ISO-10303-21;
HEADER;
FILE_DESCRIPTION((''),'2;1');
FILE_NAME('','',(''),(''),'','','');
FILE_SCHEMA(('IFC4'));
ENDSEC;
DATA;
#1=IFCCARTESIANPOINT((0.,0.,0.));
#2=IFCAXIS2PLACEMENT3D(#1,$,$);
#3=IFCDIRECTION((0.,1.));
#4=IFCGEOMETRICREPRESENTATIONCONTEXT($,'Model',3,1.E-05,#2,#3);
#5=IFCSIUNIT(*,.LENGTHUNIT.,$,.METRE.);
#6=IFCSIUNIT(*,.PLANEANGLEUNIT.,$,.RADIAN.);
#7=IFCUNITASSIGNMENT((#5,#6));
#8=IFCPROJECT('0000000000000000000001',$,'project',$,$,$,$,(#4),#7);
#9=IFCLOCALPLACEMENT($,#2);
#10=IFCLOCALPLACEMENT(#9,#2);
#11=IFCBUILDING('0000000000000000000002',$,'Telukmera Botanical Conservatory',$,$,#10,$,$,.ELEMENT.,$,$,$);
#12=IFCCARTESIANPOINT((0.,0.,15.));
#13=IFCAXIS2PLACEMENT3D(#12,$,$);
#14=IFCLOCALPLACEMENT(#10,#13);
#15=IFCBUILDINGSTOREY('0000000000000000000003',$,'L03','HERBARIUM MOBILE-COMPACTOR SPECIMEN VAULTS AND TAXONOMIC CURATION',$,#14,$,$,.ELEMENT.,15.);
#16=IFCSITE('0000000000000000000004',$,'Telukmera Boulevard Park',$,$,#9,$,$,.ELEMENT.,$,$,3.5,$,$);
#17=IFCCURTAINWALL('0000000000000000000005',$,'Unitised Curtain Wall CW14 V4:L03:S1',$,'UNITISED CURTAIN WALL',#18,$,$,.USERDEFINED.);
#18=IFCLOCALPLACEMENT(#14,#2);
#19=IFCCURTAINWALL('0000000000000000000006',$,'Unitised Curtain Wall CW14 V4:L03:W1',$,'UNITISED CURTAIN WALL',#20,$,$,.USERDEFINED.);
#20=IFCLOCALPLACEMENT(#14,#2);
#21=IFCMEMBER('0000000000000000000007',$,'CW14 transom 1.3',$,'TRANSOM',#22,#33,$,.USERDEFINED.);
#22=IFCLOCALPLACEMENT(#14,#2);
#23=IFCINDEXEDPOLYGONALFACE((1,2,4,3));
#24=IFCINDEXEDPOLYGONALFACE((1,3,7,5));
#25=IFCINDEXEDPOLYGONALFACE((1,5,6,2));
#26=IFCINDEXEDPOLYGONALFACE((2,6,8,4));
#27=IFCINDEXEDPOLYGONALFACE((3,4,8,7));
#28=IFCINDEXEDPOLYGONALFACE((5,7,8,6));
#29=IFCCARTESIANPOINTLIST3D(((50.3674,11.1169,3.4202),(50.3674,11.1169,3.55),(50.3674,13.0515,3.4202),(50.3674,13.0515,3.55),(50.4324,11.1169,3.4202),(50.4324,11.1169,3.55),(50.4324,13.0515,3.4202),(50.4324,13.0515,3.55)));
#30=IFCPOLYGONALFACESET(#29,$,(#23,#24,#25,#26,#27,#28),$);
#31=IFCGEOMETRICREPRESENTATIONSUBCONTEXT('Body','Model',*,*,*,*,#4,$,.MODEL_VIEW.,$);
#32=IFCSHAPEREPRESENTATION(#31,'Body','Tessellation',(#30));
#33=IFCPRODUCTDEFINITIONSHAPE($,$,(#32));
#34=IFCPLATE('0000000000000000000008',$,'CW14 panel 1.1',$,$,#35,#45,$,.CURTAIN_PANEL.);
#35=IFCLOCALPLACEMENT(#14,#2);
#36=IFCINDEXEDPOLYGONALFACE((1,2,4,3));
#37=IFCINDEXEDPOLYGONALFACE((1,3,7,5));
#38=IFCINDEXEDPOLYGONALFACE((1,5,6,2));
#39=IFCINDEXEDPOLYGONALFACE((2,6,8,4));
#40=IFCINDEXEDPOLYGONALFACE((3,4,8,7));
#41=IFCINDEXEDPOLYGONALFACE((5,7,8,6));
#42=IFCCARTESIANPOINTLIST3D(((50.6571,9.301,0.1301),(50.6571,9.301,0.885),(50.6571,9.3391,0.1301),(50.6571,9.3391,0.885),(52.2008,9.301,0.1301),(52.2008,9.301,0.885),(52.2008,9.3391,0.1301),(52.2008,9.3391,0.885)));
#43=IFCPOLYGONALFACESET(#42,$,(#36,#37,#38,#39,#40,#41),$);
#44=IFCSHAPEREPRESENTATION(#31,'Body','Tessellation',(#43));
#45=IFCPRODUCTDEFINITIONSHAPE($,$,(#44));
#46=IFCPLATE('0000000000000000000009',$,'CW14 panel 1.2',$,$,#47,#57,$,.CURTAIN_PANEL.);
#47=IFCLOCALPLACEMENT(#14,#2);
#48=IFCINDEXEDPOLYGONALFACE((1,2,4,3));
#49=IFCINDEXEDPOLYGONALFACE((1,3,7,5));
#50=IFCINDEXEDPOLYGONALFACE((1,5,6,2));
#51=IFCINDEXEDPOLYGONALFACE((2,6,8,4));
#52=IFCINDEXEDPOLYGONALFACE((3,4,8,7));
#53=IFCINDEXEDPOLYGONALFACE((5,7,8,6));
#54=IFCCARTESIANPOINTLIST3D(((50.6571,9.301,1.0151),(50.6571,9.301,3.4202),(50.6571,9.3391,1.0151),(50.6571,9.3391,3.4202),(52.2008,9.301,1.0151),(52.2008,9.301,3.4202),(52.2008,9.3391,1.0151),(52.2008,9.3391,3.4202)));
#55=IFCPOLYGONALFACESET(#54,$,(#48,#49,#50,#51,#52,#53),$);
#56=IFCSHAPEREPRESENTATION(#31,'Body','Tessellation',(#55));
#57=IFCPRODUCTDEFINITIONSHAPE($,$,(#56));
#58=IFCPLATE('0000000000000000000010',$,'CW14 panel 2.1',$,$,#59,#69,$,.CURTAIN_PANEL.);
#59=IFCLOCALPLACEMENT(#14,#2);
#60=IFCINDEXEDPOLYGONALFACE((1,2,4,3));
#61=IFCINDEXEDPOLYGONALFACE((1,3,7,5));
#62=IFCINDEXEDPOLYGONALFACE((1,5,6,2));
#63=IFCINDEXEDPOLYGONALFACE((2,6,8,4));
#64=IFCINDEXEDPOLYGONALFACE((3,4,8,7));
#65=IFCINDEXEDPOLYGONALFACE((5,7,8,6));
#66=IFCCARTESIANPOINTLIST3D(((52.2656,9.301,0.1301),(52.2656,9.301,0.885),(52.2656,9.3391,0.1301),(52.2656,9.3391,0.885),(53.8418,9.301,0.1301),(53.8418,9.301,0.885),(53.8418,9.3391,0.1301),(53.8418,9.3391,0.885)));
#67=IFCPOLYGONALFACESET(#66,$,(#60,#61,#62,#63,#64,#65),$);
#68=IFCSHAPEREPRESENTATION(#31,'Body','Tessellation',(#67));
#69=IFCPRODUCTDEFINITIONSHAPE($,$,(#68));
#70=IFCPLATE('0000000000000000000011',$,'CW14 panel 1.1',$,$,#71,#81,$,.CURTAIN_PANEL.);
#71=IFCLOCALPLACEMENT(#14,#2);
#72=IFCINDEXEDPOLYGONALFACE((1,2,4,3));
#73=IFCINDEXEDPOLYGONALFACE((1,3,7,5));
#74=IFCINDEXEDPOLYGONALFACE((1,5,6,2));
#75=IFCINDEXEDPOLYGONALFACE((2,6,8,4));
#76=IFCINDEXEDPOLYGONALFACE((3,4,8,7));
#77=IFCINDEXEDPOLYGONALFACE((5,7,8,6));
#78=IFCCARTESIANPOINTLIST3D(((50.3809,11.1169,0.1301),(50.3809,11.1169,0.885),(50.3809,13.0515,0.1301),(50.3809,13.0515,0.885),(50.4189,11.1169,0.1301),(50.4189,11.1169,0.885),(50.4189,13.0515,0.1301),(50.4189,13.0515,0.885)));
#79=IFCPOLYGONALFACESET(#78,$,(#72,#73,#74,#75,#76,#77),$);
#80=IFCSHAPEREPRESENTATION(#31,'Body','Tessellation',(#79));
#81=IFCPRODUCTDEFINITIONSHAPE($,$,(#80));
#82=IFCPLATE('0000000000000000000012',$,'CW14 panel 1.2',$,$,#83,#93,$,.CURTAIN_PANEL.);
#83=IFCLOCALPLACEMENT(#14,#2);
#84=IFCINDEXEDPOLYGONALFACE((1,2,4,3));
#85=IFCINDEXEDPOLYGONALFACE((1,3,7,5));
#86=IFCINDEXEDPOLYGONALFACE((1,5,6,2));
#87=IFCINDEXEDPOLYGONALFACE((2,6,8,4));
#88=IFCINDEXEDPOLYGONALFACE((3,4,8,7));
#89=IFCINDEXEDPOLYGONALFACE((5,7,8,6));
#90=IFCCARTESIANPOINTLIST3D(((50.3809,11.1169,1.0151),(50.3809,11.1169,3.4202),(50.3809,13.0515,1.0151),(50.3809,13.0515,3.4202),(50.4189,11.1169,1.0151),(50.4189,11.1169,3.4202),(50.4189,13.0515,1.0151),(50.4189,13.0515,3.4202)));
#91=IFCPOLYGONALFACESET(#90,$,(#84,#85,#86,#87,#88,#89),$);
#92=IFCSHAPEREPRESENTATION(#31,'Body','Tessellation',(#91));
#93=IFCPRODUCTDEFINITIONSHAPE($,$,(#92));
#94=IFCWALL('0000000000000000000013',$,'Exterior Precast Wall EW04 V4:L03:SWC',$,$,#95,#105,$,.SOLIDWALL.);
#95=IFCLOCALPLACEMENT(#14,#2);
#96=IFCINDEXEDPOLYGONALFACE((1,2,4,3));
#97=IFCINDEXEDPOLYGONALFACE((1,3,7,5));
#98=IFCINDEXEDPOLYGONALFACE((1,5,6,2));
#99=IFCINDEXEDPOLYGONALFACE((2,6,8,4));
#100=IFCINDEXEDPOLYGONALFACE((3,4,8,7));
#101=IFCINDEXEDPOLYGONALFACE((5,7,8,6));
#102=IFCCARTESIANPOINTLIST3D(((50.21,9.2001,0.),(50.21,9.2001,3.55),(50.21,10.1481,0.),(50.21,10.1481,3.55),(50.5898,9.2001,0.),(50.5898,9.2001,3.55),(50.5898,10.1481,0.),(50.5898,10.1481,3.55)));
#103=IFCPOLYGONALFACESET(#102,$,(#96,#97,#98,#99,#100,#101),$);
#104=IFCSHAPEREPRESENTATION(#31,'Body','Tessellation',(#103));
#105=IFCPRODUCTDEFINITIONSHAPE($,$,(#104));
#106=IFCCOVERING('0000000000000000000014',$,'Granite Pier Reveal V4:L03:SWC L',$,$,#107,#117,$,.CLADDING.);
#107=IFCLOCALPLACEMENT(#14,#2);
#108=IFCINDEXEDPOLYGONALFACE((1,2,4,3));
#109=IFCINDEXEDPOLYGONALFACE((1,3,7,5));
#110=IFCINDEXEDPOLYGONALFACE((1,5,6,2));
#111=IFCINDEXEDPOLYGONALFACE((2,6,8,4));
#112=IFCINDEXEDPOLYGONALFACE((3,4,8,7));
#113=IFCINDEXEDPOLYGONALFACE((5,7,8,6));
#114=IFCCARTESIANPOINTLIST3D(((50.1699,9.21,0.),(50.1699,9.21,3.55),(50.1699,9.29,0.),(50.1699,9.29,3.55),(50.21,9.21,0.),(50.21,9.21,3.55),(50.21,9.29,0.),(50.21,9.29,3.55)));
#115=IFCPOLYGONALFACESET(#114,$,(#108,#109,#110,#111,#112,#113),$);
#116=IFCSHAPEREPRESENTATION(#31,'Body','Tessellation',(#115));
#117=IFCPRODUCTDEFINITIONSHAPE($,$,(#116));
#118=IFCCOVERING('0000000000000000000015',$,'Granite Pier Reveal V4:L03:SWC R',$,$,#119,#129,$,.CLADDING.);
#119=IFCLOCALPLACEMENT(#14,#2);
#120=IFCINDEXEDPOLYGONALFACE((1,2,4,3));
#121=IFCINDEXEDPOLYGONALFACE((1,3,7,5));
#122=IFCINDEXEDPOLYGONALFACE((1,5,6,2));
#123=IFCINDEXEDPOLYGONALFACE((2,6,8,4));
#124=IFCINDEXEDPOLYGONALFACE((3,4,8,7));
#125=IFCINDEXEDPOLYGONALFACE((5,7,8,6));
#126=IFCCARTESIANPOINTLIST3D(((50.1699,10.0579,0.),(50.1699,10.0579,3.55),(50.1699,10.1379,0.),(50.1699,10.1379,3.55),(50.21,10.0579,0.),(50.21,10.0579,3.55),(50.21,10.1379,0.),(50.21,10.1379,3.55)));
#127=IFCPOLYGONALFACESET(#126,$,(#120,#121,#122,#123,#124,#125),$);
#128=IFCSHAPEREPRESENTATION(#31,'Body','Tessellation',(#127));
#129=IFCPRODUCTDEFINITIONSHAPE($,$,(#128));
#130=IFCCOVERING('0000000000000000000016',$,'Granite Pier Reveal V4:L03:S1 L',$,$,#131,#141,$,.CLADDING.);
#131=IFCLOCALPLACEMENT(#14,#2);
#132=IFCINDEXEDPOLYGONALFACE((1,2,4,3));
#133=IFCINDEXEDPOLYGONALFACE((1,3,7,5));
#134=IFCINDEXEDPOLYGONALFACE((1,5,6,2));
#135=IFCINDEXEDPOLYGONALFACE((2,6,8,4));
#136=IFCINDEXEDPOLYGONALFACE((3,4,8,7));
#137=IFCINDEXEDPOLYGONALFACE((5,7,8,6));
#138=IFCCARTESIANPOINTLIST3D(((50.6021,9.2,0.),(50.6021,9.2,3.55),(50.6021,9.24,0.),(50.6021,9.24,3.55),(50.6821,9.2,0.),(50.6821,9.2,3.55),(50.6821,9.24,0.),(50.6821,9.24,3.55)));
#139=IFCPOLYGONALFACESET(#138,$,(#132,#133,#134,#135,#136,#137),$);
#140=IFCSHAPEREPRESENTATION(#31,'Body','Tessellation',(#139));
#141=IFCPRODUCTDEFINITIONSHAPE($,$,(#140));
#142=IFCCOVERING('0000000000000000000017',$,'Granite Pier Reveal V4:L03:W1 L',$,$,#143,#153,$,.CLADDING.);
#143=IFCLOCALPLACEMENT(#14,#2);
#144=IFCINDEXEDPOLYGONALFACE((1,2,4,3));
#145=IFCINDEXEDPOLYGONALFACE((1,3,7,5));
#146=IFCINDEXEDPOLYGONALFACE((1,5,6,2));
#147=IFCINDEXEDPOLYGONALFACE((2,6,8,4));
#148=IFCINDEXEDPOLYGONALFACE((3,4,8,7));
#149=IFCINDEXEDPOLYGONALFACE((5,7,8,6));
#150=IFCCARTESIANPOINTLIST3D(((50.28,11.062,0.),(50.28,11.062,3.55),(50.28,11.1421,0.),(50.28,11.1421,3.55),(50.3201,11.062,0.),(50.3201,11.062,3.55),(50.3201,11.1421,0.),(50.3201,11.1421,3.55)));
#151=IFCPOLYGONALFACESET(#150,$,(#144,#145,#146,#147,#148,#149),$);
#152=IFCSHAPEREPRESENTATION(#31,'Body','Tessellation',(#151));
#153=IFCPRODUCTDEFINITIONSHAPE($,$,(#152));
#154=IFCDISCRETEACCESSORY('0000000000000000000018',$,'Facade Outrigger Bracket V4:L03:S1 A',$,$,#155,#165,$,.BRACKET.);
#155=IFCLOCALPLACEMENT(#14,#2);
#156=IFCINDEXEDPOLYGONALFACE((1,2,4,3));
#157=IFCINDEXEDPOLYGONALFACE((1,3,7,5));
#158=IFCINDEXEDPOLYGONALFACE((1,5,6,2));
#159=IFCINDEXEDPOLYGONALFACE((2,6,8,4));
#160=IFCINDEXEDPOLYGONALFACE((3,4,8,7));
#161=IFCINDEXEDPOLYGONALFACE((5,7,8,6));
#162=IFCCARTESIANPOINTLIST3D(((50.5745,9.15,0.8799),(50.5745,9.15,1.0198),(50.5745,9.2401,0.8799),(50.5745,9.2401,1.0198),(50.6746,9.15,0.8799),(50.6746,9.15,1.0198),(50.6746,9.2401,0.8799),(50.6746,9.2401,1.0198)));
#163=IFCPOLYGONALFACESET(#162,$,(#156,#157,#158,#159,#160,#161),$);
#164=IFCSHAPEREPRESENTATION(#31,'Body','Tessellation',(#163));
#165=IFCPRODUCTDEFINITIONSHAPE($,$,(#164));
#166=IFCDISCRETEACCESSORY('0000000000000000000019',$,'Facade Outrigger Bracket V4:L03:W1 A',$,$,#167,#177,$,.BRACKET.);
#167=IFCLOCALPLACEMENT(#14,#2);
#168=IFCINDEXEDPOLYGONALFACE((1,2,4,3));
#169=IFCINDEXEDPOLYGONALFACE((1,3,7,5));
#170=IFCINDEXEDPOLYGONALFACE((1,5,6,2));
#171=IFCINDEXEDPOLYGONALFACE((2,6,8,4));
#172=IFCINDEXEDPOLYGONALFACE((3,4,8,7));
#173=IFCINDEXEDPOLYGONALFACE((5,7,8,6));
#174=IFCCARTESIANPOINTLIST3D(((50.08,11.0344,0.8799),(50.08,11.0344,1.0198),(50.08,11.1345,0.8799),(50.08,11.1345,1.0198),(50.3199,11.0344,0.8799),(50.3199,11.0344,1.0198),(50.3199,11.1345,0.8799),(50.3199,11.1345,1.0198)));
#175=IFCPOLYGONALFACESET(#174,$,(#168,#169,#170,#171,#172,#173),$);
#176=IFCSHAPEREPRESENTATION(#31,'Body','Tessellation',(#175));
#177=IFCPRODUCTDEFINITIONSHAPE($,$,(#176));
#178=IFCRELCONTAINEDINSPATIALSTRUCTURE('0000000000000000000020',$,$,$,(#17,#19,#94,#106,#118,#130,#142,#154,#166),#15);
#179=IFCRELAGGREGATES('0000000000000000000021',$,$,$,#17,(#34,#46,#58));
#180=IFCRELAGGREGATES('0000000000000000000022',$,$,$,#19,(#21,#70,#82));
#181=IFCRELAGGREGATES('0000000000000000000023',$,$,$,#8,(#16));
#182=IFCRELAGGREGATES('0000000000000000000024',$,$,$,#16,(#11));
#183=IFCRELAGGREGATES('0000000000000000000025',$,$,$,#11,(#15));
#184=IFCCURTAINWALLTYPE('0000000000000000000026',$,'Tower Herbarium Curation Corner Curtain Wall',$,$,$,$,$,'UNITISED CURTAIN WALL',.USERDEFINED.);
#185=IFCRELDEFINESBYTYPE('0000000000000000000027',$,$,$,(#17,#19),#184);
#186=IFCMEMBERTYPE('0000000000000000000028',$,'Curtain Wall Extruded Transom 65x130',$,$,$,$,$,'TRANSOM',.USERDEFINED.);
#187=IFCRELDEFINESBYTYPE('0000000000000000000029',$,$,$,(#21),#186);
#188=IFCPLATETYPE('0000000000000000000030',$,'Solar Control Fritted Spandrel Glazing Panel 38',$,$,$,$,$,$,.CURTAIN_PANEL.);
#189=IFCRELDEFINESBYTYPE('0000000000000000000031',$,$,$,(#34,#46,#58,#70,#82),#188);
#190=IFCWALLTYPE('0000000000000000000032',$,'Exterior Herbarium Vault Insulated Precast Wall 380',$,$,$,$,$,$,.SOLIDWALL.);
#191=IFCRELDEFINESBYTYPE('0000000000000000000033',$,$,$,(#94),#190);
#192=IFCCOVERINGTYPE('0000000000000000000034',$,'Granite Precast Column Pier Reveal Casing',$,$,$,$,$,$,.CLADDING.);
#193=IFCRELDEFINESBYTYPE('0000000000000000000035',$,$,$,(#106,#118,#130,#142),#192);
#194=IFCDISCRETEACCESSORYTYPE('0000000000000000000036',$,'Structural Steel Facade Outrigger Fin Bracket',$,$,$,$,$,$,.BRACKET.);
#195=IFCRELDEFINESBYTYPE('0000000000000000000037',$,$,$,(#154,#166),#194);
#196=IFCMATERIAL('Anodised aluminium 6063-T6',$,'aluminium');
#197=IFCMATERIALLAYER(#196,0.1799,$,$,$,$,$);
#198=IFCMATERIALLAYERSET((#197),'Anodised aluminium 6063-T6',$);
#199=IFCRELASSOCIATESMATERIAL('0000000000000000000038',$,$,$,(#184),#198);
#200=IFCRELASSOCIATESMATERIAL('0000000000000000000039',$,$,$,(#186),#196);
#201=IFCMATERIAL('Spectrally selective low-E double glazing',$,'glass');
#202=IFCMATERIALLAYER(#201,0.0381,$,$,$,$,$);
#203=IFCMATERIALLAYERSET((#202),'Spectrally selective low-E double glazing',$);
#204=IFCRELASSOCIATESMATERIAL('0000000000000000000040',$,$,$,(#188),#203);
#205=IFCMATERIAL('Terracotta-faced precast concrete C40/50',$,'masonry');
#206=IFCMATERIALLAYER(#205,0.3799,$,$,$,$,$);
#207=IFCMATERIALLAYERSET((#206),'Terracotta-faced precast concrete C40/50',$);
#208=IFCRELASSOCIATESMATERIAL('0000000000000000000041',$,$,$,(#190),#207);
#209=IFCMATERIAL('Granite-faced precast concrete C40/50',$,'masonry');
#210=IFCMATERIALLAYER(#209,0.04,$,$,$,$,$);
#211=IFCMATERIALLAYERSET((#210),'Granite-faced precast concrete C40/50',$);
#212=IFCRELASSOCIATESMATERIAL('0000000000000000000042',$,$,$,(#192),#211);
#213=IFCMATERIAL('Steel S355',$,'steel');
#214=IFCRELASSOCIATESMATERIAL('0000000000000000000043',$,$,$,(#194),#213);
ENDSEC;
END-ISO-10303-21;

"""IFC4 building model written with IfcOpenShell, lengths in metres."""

from ifc_helpers import new_model, si_unit, direction, frame, frame_2d, origin, origin_2d, place, context, subcontext, project, spatial, rectangle, extrude, material, layer, layer_set, material_profile, profile_set, type_object, element, aggregate, save


model = new_model("IFC4")

# Units and contexts
model_context = context("Model", 3, precision=1e-05, world=origin(), true_north=direction((0.0, 1.0)))
body_context = subcontext(model_context, "Body", "Model", "MODEL_VIEW")
ifc_project = project(units=[si_unit("LENGTHUNIT", "METRE"), si_unit("PLANEANGLEUNIT", "RADIAN")], contexts=[model_context])

# Site, building, storey
site_placement = place(None, origin())
site = spatial("IfcSite", under=ifc_project, at=site_placement, Name="Telukmera Boulevard Park", CompositionType="ELEMENT", RefElevation=3.5)
building_placement = place(site_placement, origin())
building = spatial("IfcBuilding", under=site, at=building_placement, Name="Telukmera Botanical Conservatory", CompositionType="ELEMENT")
storey_placement = place(building_placement, frame((0.0, 0.0, 15.0)))
storey = spatial("IfcBuildingStorey", under=building, at=storey_placement, Name="L03", Description="HERBARIUM MOBILE-COMPACTOR SPECIMEN VAULTS AND TAXONOMIC CURATION", CompositionType="ELEMENT", Elevation=15.0)

# Curtain wall
ifc_material_1 = material(Name="Anodised aluminium 6063-T6", Category="aluminium")
ifc_layer_1 = layer(ifc_material_1, 0.1799)
ifc_layer_set_1 = layer_set([ifc_layer_1], Name="Anodised aluminium 6063-T6")
curtain_wall_type = type_object("IfcCurtainWallType", Name="Tower Herbarium Curation Corner Curtain Wall", ElementType="UNITISED CURTAIN WALL", PredefinedType="USERDEFINED", material=ifc_layer_set_1)
curtain_wall_1_placement = place(storey_placement, origin())
curtain_wall_1 = element("IfcCurtainWall", 1, at=curtain_wall_1_placement, inside=storey, type_object=curtain_wall_type, Name="Unitised Curtain Wall CW14 V4:L03:S1", ObjectType="UNITISED CURTAIN WALL", PredefinedType="USERDEFINED")

# Curtain wall
curtain_wall_2_placement = place(storey_placement, origin())
curtain_wall_2 = element("IfcCurtainWall", 2, at=curtain_wall_2_placement, inside=storey, type_object=curtain_wall_type, Name="Unitised Curtain Wall CW14 V4:L03:W1", ObjectType="UNITISED CURTAIN WALL", PredefinedType="USERDEFINED")

# Member
ifc_material_profile_1 = material_profile(ifc_material_1, rectangle(XDim=0.0649, YDim=0.1299, at=origin_2d()), Name="ALU TRAN 65x130")
ifc_profile_set_1 = profile_set([ifc_material_profile_1], Name="Anodised aluminium 6063-T6")
member_type_1 = type_object("IfcMemberType", Name="Curtain Wall Extruded Transom 65x130", ElementType="TRANSOM", PredefinedType="USERDEFINED", material=ifc_profile_set_1)
member_1_placement = place(storey_placement, frame((50.3999, 11.1169, 3.4851), z_axis=(0.0, 1.0, 0.0), x_axis=(-1.0, 0.0, 0.0)))
member_1 = element("IfcMember", 3, at=member_1_placement, type_object=member_type_1, Name="CW14 transom 1.3", ObjectType="TRANSOM", PredefinedType="USERDEFINED", context=body_context, shape_type="SweptSolid", body=[
    extrude(rectangle(XDim=0.0649, YDim=0.1299, at=origin_2d()), origin(), (0.0, 0.0, 1.0), 1.9346),
])

# Plates
ifc_material_2 = material(Name="Spectrally selective low-E double glazing", Category="glass")
ifc_layer_2 = layer(ifc_material_2, 0.0381)
ifc_layer_set_2 = layer_set([ifc_layer_2], Name="Spectrally selective low-E double glazing")
plate_type = type_object("IfcPlateType", Name="Solar Control Fritted Spandrel Glazing Panel 38", PredefinedType="CURTAIN_PANEL", material=ifc_layer_set_2)
plate_1_placement = place(storey_placement, frame((51.429, 9.3201, 0.1301), z_axis=(0.0, 0.0, 1.0), x_axis=(1.0, 0.0, 0.0)))
plate_1 = element("IfcPlate", 4, at=plate_1_placement, type_object=plate_type, Name="CW14 panel 1.1", PredefinedType="CURTAIN_PANEL", context=body_context, shape_type="SweptSolid", body=[
    extrude(rectangle(XDim=1.5437, YDim=0.0381, at=origin_2d()), origin(), (0.0, 0.0, 1.0), 0.7549),
])
plate_2_placement = place(storey_placement, frame((51.429, 9.3201, 1.0151), z_axis=(0.0, 0.0, 1.0), x_axis=(1.0, 0.0, 0.0)))
plate_2 = element("IfcPlate", 5, at=plate_2_placement, type_object=plate_type, Name="CW14 panel 1.2", PredefinedType="CURTAIN_PANEL", context=body_context, shape_type="SweptSolid", body=[
    extrude(rectangle(XDim=1.5437, YDim=0.0381, at=origin_2d()), origin(), (0.0, 0.0, 1.0), 2.405),
])
plate_3_placement = place(storey_placement, frame((53.0537, 9.3201, 0.1301), z_axis=(0.0, 0.0, 1.0), x_axis=(1.0, 0.0, 0.0)))
plate_3 = element("IfcPlate", 6, at=plate_3_placement, type_object=plate_type, Name="CW14 panel 2.1", PredefinedType="CURTAIN_PANEL", context=body_context, shape_type="SweptSolid", body=[
    extrude(rectangle(XDim=1.5762, YDim=0.0381, at=origin_2d()), origin(), (0.0, 0.0, 1.0), 0.7549),
])
aggregate(curtain_wall_1, [plate_1, plate_2, plate_3])
plate_4_placement = place(storey_placement, frame((50.3999, 12.0842, 0.1301), z_axis=(0.0, 0.0, 1.0), x_axis=(0.0, 1.0, 0.0)))
plate_4 = element("IfcPlate", 7, at=plate_4_placement, type_object=plate_type, Name="CW14 panel 1.1", PredefinedType="CURTAIN_PANEL", context=body_context, shape_type="SweptSolid", body=[
    extrude(rectangle(XDim=1.9346, YDim=0.0381, at=origin_2d()), origin(), (0.0, 0.0, 1.0), 0.7549),
])
plate_5_placement = place(storey_placement, frame((50.3999, 12.0842, 1.0151), z_axis=(0.0, 0.0, 1.0), x_axis=(0.0, 1.0, 0.0)))
plate_5 = element("IfcPlate", 8, at=plate_5_placement, type_object=plate_type, Name="CW14 panel 1.2", PredefinedType="CURTAIN_PANEL", context=body_context, shape_type="SweptSolid", body=[
    extrude(rectangle(XDim=1.9346, YDim=0.0381, at=origin_2d()), origin(), (0.0, 0.0, 1.0), 2.405),
])
aggregate(curtain_wall_2, [member_1, plate_4, plate_5])

# Wall
ifc_material_3 = material(Name="Terracotta-faced precast concrete C40/50", Category="masonry")
ifc_layer_3 = layer(ifc_material_3, 0.3799)
ifc_layer_set_3 = layer_set([ifc_layer_3], Name="Terracotta-faced precast concrete C40/50")
wall_type = type_object("IfcWallType", Name="Exterior Herbarium Vault Insulated Precast Wall 380", PredefinedType="SOLIDWALL", material=ifc_layer_set_3)
wall_placement = place(storey_placement, frame((50.3999, 9.2, 0.0), z_axis=(0.0, 0.0, 1.0), x_axis=(0.0, 1.0, 0.0)))
element("IfcWall", 9, at=wall_placement, inside=storey, type_object=wall_type, Name="Exterior Precast Wall EW04 V4:L03:SWC", PredefinedType="SOLIDWALL", context=body_context, shape_type="SweptSolid", body=[
    extrude(rectangle(XDim=0.948, YDim=0.3799, at=frame_2d((0.4741, 0.0))), origin(), (0.0, 0.0, 1.0), 3.55),
])

# Coverings
ifc_material_4 = material(Name="Granite-faced precast concrete C40/50", Category="masonry")
ifc_layer_4 = layer(ifc_material_4, 0.04)
ifc_layer_set_4 = layer_set([ifc_layer_4], Name="Granite-faced precast concrete C40/50")
covering_type = type_object("IfcCoveringType", Name="Granite Precast Column Pier Reveal Casing", PredefinedType="CLADDING", material=ifc_layer_set_4)
for number, where, z_axis, x_axis, name in (
    (10, (50.1899, 9.25, 0.0), (0.0, 0.0, 1.0), (0.0, 1.0, 0.0), "Granite Pier Reveal V4:L03:SWC L"),
    (11, (50.1899, 10.0979, 0.0), (0.0, 0.0, 1.0), (0.0, 1.0, 0.0), "Granite Pier Reveal V4:L03:SWC R"),
    (12, (50.6421, 9.22, 0.0), (0.0, 0.0, 1.0), (1.0, 0.0, 0.0), "Granite Pier Reveal V4:L03:S1 L"),
    (13, (50.3, 11.1021, 0.0), (0.0, 0.0, 1.0), (0.0, 1.0, 0.0), "Granite Pier Reveal V4:L03:W1 L"),
):
    element("IfcCovering", number, at=place(storey_placement, frame(where, z_axis=z_axis, x_axis=x_axis)), inside=storey, type_object=covering_type, Name=name, PredefinedType="CLADDING", context=body_context, shape_type="SweptSolid", body=[
        extrude(rectangle(XDim=0.0801, YDim=0.04, at=origin_2d()), origin(), (0.0, 0.0, 1.0), 3.55),
    ])

# Discrete accessories
ifc_material_5 = material(Name="Steel S355", Category="steel")
discrete_accessory_type = type_object("IfcDiscreteAccessoryType", Name="Structural Steel Facade Outrigger Fin Bracket", PredefinedType="BRACKET", material=ifc_material_5)
discrete_accessory_1_placement = place(storey_placement, frame((50.6245, 9.1951, 0.8799), z_axis=(0.0, 0.0, 1.0), x_axis=(1.0, 0.0, 0.0)))
element("IfcDiscreteAccessory", 14, at=discrete_accessory_1_placement, inside=storey, type_object=discrete_accessory_type, Name="Facade Outrigger Bracket V4:L03:S1 A", PredefinedType="BRACKET", context=body_context, shape_type="SweptSolid", body=[
    extrude(rectangle(XDim=0.1001, YDim=0.0901, at=origin_2d()), origin(), (0.0, 0.0, 1.0), 0.1399),
])
discrete_accessory_2_placement = place(storey_placement, frame((50.2, 11.0845, 0.8799), z_axis=(0.0, 0.0, 1.0), x_axis=(0.0, 1.0, 0.0)))
element("IfcDiscreteAccessory", 15, at=discrete_accessory_2_placement, inside=storey, type_object=discrete_accessory_type, Name="Facade Outrigger Bracket V4:L03:W1 A", PredefinedType="BRACKET", context=body_context, shape_type="SweptSolid", body=[
    extrude(rectangle(XDim=0.1001, YDim=0.24, at=origin_2d()), origin(), (0.0, 0.0, 1.0), 0.1399),
])

save(model, "model.ifc")
